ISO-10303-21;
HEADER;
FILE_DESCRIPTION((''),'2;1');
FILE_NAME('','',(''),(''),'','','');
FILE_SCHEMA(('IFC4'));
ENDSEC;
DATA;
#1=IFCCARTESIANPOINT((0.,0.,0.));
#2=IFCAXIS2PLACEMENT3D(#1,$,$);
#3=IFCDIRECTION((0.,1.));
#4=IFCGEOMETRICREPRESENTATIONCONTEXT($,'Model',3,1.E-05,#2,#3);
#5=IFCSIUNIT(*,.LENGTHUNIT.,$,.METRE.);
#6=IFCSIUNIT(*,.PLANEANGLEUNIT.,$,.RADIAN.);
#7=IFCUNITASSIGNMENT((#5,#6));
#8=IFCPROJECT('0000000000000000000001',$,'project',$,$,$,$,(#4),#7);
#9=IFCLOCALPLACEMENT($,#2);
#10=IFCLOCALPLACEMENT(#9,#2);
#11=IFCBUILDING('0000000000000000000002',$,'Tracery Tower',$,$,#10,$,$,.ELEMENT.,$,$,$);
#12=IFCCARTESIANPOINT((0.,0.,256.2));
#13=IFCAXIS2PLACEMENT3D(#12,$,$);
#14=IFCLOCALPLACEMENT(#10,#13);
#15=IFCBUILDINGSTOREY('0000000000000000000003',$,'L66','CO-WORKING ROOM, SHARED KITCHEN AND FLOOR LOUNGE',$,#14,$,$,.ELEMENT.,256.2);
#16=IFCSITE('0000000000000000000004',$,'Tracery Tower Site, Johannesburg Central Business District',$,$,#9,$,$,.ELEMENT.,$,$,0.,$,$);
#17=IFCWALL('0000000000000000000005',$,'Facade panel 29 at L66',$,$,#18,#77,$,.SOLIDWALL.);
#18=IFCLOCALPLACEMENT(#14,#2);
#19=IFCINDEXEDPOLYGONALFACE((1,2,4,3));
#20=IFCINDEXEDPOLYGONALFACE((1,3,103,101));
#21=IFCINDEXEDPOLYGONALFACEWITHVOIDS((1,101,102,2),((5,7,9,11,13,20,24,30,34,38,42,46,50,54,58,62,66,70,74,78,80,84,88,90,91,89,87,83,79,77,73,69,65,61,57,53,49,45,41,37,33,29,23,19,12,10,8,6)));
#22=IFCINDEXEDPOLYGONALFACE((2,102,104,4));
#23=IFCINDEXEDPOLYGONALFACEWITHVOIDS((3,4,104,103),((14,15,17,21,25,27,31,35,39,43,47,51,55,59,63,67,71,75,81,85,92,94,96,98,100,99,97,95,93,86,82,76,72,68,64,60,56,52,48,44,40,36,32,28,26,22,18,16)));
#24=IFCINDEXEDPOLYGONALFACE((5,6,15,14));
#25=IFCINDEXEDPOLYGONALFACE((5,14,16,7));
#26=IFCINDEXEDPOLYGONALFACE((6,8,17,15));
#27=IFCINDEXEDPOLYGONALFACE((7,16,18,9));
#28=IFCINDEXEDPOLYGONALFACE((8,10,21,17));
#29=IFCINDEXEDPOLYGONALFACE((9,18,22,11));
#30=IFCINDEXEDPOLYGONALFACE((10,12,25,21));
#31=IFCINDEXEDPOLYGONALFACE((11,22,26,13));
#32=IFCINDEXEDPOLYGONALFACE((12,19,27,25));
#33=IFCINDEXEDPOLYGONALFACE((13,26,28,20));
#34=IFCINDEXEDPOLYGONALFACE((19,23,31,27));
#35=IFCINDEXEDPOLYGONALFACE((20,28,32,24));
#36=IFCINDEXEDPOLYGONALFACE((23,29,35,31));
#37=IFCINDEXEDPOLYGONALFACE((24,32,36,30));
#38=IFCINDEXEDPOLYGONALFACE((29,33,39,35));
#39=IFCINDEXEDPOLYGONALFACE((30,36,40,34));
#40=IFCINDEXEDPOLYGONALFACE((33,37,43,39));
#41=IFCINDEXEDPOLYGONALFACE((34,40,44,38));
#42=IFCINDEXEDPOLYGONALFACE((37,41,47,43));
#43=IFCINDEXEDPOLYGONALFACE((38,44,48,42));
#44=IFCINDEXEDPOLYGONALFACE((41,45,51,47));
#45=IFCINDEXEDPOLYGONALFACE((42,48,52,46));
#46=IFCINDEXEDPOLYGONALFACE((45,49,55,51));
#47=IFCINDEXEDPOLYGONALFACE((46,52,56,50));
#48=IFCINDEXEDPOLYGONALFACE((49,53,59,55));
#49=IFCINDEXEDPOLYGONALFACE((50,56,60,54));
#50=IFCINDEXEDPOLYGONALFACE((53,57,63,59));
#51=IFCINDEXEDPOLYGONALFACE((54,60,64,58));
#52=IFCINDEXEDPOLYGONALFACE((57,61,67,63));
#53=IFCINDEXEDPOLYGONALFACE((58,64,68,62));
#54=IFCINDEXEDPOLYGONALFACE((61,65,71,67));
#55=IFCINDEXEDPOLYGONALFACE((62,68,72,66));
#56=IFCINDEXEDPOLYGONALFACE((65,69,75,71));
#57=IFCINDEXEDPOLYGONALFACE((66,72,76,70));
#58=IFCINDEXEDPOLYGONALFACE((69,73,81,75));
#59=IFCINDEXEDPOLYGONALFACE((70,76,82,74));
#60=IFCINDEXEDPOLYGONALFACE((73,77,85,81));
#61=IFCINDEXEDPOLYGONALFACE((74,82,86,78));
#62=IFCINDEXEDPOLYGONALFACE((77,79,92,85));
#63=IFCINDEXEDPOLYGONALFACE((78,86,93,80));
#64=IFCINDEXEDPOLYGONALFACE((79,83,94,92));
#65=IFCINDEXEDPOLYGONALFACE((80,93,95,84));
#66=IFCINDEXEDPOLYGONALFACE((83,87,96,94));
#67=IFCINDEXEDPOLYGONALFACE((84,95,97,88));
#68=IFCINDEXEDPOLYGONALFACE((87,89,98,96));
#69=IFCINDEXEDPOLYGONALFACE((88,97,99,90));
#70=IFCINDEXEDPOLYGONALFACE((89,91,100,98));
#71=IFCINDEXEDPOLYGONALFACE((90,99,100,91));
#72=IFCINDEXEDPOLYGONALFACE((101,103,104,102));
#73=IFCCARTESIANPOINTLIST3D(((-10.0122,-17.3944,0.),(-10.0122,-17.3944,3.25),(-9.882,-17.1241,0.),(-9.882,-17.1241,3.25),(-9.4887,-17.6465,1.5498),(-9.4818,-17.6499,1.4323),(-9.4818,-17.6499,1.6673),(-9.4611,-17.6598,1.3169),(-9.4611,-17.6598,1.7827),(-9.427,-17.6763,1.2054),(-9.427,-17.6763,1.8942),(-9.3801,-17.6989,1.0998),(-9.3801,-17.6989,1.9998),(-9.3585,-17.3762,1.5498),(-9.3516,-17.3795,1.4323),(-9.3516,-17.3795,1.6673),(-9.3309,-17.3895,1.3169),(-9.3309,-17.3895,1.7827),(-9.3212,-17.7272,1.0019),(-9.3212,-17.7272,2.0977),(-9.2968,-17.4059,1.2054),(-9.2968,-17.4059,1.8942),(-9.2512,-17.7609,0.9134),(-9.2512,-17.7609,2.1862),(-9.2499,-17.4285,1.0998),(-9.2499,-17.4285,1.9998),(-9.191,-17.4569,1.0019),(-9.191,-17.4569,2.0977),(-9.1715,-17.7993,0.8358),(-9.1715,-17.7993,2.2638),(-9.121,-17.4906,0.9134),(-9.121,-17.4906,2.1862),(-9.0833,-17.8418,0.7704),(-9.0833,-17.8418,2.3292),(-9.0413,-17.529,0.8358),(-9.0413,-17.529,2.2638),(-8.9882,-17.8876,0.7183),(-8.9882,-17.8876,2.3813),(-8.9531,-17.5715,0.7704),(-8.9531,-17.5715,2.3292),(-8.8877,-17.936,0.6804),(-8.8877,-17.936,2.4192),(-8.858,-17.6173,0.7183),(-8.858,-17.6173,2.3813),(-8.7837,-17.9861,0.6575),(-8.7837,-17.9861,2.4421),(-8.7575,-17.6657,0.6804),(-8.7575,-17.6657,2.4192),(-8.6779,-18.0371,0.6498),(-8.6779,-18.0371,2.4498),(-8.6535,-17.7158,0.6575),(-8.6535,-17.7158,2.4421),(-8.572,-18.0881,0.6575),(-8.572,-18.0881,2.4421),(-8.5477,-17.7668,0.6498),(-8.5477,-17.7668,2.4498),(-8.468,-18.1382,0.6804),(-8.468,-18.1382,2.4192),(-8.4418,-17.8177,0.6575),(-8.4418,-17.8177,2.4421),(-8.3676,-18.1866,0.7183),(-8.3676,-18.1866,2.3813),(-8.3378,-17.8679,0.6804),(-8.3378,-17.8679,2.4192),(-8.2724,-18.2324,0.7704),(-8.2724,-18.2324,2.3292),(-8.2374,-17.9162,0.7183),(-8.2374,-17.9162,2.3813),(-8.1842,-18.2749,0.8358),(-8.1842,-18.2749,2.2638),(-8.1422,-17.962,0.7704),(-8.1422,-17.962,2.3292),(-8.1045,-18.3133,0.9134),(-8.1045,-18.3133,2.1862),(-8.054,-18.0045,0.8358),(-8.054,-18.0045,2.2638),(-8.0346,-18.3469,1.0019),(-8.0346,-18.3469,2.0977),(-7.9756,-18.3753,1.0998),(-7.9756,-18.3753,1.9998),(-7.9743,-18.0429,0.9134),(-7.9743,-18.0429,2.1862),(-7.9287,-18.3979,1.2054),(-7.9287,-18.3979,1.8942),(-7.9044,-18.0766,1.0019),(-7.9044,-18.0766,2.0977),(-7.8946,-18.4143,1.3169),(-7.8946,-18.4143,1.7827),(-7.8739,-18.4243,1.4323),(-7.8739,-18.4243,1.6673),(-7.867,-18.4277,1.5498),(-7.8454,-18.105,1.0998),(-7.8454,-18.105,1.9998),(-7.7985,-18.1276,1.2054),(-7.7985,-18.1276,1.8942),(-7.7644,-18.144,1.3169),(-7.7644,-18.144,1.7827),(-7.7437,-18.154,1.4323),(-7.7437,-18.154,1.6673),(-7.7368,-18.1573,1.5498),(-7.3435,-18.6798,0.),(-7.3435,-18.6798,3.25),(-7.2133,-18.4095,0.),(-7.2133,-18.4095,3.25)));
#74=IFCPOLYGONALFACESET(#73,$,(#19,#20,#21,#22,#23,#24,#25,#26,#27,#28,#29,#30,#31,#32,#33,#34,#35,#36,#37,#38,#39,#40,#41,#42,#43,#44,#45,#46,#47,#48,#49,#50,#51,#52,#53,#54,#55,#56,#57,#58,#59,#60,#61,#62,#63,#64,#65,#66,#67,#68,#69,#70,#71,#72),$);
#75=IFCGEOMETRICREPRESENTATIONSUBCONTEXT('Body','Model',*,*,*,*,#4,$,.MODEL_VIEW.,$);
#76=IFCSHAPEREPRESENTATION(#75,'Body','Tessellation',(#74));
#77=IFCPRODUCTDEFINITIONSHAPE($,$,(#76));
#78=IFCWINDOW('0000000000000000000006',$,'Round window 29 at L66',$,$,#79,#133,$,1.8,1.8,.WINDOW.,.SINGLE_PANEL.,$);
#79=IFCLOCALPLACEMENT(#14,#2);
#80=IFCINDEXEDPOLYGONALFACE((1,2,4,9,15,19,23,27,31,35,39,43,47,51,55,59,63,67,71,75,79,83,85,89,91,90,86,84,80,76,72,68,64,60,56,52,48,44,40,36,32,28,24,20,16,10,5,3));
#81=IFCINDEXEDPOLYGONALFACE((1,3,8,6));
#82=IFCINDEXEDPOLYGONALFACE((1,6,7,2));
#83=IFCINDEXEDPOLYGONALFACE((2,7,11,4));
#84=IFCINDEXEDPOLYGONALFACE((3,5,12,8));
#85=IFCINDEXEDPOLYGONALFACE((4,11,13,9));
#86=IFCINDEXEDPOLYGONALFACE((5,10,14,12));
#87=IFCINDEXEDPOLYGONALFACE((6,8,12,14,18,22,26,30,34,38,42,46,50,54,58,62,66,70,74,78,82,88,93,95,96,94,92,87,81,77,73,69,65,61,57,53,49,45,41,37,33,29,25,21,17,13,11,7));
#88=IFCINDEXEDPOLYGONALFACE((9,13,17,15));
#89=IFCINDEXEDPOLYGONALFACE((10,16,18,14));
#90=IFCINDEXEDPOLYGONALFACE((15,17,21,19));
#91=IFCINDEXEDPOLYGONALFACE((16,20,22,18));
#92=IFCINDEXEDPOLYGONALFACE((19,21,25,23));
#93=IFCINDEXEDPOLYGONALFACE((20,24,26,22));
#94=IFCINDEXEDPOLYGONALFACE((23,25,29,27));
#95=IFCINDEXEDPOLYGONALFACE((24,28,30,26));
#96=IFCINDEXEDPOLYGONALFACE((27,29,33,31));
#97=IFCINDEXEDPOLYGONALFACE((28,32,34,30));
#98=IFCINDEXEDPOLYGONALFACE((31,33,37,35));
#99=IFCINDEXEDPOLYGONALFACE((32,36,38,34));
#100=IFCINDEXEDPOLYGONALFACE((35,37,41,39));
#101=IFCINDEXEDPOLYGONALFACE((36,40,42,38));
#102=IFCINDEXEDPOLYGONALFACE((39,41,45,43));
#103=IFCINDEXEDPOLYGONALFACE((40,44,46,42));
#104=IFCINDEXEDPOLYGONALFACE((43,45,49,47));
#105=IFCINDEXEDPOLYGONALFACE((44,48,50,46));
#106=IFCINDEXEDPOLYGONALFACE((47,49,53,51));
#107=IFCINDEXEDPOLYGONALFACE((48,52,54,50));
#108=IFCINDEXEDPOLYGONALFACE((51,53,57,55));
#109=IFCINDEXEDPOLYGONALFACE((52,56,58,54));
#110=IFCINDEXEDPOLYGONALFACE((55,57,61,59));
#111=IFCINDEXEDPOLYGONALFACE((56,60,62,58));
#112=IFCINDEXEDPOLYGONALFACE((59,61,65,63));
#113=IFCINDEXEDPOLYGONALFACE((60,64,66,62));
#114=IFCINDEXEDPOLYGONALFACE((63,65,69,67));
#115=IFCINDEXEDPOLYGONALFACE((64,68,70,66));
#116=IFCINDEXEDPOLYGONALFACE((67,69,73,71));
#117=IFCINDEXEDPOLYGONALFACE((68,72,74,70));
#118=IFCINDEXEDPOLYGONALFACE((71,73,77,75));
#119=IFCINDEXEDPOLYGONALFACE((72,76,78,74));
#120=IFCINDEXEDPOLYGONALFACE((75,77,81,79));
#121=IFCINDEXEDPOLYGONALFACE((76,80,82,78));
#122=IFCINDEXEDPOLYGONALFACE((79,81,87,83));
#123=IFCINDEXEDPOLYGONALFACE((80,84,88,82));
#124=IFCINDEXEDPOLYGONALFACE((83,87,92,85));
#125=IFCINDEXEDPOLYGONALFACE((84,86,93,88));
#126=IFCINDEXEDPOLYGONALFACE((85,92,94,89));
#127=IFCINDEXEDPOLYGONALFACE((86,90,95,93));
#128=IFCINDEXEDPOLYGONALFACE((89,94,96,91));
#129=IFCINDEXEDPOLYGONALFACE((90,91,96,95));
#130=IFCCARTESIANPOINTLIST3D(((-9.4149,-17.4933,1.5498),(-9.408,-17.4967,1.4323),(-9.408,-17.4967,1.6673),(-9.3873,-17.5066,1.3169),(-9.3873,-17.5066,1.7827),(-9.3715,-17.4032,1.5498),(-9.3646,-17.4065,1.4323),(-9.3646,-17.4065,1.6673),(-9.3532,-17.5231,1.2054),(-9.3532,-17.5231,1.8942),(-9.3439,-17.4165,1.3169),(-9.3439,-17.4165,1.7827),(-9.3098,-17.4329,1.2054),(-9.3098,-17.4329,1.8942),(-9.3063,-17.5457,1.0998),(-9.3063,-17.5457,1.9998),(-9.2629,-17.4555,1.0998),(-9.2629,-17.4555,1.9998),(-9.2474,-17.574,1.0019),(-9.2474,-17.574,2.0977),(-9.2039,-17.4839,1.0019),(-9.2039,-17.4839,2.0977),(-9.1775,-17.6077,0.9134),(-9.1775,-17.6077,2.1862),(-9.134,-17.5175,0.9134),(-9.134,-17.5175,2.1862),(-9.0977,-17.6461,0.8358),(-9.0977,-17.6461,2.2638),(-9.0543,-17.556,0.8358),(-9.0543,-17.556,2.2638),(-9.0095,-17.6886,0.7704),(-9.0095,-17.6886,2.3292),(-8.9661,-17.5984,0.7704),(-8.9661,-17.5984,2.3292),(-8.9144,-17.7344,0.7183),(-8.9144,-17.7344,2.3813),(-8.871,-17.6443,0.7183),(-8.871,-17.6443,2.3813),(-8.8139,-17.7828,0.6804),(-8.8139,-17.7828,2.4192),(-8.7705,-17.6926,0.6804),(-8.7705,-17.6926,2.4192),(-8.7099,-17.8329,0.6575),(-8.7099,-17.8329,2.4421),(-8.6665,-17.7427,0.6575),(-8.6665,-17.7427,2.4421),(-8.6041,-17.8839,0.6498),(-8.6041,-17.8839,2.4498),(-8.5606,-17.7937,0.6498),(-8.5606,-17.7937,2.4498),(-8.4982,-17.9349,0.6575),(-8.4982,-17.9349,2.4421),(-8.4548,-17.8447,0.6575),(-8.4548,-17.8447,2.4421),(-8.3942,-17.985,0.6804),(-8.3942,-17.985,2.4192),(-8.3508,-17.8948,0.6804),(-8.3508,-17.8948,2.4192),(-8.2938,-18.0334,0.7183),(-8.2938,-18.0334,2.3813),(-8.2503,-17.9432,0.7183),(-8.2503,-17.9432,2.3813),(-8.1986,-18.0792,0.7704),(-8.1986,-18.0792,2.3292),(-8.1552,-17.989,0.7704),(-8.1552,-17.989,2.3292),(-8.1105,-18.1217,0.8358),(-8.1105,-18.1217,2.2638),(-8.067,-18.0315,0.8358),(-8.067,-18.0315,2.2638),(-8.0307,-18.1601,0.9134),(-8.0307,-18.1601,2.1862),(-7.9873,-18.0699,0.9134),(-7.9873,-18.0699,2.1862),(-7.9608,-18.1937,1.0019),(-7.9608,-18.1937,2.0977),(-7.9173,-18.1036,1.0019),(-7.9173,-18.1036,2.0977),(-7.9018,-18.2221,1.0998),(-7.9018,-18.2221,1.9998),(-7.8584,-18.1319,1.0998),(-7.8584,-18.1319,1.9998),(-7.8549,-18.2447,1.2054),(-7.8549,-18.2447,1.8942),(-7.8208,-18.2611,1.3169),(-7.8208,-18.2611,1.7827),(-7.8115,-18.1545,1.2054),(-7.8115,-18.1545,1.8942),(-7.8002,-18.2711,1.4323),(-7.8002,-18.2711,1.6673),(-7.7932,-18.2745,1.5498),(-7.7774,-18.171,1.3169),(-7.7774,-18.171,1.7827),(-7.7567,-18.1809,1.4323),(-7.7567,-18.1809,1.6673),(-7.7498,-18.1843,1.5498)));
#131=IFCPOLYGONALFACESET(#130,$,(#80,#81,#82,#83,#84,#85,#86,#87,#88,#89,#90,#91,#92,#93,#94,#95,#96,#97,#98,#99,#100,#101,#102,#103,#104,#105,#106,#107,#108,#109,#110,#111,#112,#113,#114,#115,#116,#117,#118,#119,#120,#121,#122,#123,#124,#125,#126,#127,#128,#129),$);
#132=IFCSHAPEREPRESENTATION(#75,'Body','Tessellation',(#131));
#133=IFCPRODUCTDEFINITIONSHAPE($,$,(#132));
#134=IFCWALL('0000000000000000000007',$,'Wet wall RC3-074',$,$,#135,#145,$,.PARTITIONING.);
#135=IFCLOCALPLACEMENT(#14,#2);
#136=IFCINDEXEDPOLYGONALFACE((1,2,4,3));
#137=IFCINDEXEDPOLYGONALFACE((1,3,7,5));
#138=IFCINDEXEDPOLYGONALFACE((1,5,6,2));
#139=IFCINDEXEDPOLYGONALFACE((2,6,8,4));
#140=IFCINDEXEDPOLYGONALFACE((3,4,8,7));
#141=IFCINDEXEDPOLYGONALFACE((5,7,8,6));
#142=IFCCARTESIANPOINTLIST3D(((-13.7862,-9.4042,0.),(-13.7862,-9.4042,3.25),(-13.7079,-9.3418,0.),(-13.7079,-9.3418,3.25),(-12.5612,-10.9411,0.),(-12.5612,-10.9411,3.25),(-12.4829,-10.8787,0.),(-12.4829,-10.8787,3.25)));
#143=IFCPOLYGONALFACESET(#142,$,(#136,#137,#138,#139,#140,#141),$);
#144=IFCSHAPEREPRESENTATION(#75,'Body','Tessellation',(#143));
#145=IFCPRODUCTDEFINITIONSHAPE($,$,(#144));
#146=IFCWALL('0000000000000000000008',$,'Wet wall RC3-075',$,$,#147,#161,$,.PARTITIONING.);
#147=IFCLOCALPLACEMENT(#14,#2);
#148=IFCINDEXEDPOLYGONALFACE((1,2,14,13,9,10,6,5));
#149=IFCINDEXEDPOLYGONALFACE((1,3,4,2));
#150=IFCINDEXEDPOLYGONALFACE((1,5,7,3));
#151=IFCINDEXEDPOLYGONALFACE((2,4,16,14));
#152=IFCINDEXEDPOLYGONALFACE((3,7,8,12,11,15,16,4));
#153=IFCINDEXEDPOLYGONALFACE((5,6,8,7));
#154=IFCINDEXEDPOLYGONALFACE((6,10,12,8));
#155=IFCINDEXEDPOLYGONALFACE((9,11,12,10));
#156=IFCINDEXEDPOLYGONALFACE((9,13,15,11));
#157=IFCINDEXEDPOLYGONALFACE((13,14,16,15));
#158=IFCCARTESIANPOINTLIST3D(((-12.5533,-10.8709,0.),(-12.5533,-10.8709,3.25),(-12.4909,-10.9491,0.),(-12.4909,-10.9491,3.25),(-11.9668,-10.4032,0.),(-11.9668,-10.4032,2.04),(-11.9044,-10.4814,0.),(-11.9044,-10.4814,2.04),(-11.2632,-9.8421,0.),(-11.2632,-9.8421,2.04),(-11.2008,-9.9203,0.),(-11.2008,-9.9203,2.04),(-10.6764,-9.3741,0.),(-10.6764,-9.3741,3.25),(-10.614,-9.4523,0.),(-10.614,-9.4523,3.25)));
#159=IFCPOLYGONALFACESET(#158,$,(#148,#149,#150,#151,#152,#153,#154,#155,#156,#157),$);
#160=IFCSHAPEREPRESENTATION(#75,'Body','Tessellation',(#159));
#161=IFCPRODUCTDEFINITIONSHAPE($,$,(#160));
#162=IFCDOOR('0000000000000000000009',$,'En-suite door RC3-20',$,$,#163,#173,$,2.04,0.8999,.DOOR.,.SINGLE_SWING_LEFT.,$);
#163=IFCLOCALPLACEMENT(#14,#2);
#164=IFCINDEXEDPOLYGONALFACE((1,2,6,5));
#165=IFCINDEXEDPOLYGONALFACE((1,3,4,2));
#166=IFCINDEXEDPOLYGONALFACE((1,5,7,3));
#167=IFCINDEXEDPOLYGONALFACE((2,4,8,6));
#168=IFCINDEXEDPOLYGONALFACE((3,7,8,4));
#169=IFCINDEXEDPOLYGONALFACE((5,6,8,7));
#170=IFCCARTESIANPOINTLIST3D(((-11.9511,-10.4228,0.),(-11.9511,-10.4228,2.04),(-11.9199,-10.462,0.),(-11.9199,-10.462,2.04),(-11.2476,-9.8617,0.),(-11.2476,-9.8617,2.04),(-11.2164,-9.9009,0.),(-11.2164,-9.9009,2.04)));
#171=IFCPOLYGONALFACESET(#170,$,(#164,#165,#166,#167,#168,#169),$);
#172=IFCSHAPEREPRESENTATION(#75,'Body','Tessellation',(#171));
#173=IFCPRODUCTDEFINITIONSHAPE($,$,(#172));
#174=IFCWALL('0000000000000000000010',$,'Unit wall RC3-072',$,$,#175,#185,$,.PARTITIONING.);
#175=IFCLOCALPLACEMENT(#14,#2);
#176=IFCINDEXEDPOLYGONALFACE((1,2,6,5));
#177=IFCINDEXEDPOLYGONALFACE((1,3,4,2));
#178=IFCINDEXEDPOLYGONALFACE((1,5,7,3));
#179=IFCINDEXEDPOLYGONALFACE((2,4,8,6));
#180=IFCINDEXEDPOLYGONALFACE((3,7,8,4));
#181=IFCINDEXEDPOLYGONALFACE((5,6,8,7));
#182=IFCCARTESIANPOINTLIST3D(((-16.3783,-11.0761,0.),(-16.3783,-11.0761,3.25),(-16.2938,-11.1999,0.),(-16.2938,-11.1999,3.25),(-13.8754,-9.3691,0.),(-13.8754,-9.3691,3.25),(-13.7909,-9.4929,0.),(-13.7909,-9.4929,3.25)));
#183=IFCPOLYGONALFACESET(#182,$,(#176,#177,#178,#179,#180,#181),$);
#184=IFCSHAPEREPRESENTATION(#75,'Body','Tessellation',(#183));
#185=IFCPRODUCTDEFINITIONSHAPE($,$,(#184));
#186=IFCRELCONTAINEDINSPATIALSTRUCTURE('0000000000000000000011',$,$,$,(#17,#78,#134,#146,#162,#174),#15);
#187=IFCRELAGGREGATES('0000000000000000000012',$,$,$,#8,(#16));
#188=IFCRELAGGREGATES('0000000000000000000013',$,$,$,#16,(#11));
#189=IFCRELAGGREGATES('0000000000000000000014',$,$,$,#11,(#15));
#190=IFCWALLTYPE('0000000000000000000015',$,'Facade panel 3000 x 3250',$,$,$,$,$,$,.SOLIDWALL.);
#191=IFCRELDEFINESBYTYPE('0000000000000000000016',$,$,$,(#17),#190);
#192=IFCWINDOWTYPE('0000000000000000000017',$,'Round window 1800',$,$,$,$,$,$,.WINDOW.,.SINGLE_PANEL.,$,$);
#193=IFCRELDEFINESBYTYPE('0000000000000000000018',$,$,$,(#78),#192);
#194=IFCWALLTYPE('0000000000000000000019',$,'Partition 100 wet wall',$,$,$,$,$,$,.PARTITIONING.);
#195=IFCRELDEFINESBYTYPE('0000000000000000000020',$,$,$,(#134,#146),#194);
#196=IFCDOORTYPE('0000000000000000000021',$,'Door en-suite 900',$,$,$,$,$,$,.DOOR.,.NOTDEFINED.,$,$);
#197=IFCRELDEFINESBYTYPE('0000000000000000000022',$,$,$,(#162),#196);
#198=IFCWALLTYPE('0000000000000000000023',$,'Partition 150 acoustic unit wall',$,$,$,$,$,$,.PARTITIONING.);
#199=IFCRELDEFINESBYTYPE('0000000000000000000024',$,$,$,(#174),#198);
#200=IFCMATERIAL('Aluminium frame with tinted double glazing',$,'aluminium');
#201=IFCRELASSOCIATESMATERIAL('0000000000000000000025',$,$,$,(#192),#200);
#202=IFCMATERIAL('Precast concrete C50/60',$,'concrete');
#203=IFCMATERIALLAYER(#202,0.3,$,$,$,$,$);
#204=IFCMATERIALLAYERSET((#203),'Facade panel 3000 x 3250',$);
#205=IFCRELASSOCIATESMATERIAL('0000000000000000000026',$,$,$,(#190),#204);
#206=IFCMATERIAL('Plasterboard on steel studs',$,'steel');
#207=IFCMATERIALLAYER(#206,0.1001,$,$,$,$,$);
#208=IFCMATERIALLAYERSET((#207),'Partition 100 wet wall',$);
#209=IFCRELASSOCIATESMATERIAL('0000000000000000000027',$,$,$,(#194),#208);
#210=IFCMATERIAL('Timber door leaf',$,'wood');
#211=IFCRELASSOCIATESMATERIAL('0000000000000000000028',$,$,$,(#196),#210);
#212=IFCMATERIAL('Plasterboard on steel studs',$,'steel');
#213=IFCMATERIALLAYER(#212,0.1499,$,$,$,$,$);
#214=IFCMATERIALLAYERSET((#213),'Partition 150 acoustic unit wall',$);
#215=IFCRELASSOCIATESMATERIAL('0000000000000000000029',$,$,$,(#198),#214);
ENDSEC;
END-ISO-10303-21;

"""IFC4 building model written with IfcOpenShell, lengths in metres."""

from ifc_helpers import new_model, si_unit, direction, frame, frame_2d, origin, origin_2d, place, context, subcontext, project, spatial, rectangle, circle, extrude, material, layer, layer_set, type_object, element, fill, save


model = new_model("IFC4")

# Units and contexts
model_context = context("Model", 3, precision=1e-05, world=origin(), true_north=direction((0.0, 1.0)))
body_context = subcontext(model_context, "Body", "Model", "MODEL_VIEW")
ifc_project = project(units=[si_unit("LENGTHUNIT", "METRE"), si_unit("PLANEANGLEUNIT", "RADIAN")], contexts=[model_context])

# Site, building, storey
site_placement = place(None, origin())
site = spatial("IfcSite", under=ifc_project, at=site_placement, Name="Tracery Tower Site, Johannesburg Central Business District", CompositionType="ELEMENT", RefElevation=0.0)
building_placement = place(site_placement, origin())
building = spatial("IfcBuilding", under=site, at=building_placement, Name="Tracery Tower", CompositionType="ELEMENT")
storey_placement = place(building_placement, frame((0.0, 0.0, 256.2)))
storey = spatial("IfcBuildingStorey", under=building, at=storey_placement, Name="L66", Description="CO-WORKING ROOM, SHARED KITCHEN AND FLOOR LOUNGE", CompositionType="ELEMENT", Elevation=256.2)

# Wall, opening, window
ifc_material_1 = material(Name="Aluminium frame with tinted double glazing", Category="aluminium")
window_type = type_object("IfcWindowType", Name="Round window 1800", PartitioningType="SINGLE_PANEL", PredefinedType="WINDOW", material=ifc_material_1)
ifc_material_2 = material(Name="Precast concrete C50/60", Category="concrete")
ifc_layer_1 = layer(ifc_material_2, 0.3)
ifc_layer_set_1 = layer_set([ifc_layer_1], Name="Facade panel 3000 x 3250")
wall_type_1 = type_object("IfcWallType", Name="Facade panel 3000 x 3250", PredefinedType="SOLIDWALL", material=ifc_layer_set_1)
wall_1_placement = place(storey_placement, frame((-9.947, -17.2593, 0.0), z_axis=(0.0, 0.0, 1.0), x_axis=(0.90094, -0.433944, 0.0)))
wall_1 = element("IfcWall", 1, at=wall_1_placement, inside=storey, type_object=wall_type_1, Name="Facade panel 29 at L66", PredefinedType="SOLIDWALL", context=body_context, shape_type="SweptSolid", body=[
    extrude(rectangle(XDim=2.9622, YDim=0.3, at=frame_2d((1.481, 0.0))), origin(), (0.0, 0.0, 1.0), 3.25),
])
opening_1_placement = place(wall_1_placement, frame((1.481, 0.0, 1.5498)))
opening_1 = element("IfcOpeningElement", 2, at=opening_1_placement, cuts=wall_1, PredefinedType="OPENING", context=body_context, shape_type="SweptSolid", body=[
    extrude(circle(Radius=0.9, at=origin_2d()), frame((0.0, 0.1599, 0.0), z_axis=(0.0, -1.0, 0.0), x_axis=(1.0, 0.0, 0.0)), (0.0, 0.0, 1.0), 0.3201),
])
window_1_placement = place(opening_1_placement, origin())
window_1 = element("IfcWindow", 3, at=window_1_placement, inside=storey, type_object=window_type, Name="Round window 29 at L66", OverallHeight=1.8, OverallWidth=1.8, PartitioningType="SINGLE_PANEL", PredefinedType="WINDOW", context=body_context, shape_type="SweptSolid", body=[
    extrude(circle(Radius=0.9, at=origin_2d()), frame((0.0, 0.1201, 0.0), z_axis=(0.0, -1.0, 0.0), x_axis=(1.0, 0.0, 0.0)), (0.0, 0.0, 1.0), 0.1001),
])
fill(opening_1, window_1)

# Wall
ifc_material_3 = material(Name="Plasterboard on steel studs", Category="steel")
ifc_layer_2 = layer(ifc_material_3, 0.1001)
ifc_layer_set_2 = layer_set([ifc_layer_2], Name="Partition 100 wet wall")
wall_type_2 = type_object("IfcWallType", Name="Partition 100 wet wall", PredefinedType="PARTITIONING", material=ifc_layer_set_2)
wall_2_placement = place(storey_placement, frame((-13.7471, -9.373, 0.0), z_axis=(0.0, 0.0, 1.0), x_axis=(0.623331, -0.781958, 0.0)))
element("IfcWall", 4, at=wall_2_placement, inside=storey, type_object=wall_type_2, Name="Wet wall RC3-074", PredefinedType="PARTITIONING", context=body_context, shape_type="SweptSolid", body=[
    extrude(rectangle(XDim=1.9653, YDim=0.1001, at=frame_2d((0.9827, 0.0))), origin(), (0.0, 0.0, 1.0), 3.25),
])

# Wall, opening, door
wall_3_placement = place(storey_placement, frame((-12.522, -10.9099, 0.0), z_axis=(0.0, 0.0, 1.0), x_axis=(0.78183, 0.623491, 0.0)))
wall_3 = element("IfcWall", 5, at=wall_3_placement, inside=storey, type_object=wall_type_2, Name="Wet wall RC3-075", PredefinedType="PARTITIONING", context=body_context, shape_type="SweptSolid", body=[
    extrude(rectangle(XDim=2.4006, YDim=0.1001, at=frame_2d((1.2002, 0.0))), origin(), (0.0, 0.0, 1.0), 3.25),
])
opening_2_placement = place(wall_3_placement, frame((0.75, 0.0, 0.0)))
opening_2 = element("IfcOpeningElement", 6, at=opening_2_placement, cuts=wall_3, PredefinedType="OPENING", context=body_context, shape_type="SweptSolid", body=[
    extrude(rectangle(XDim=0.8999, YDim=2.04, at=frame_2d((0.45, 1.02))), frame((0.0, 0.05, 0.0), z_axis=(0.0, -1.0, 0.0), x_axis=(1.0, 0.0, 0.0)), (0.0, 0.0, 1.0), 0.1001),
])
ifc_material_4 = material(Name="Timber door leaf", Category="wood")
door_type = type_object("IfcDoorType", Name="Door en-suite 900", OperationType="NOTDEFINED", PredefinedType="DOOR", material=ifc_material_4)
door_placement = place(opening_2_placement, origin())
door = element("IfcDoor", 7, at=door_placement, inside=storey, type_object=door_type, Name="En-suite door RC3-20", OperationType="SINGLE_SWING_LEFT", OverallHeight=2.04, OverallWidth=0.8999, PredefinedType="DOOR", context=body_context, shape_type="SweptSolid", body=[
    extrude(rectangle(XDim=0.8999, YDim=2.04, at=frame_2d((0.45, 1.02))), frame((0.0, 0.0249, 0.0), z_axis=(0.0, -1.0, 0.0), x_axis=(1.0, 0.0, 0.0)), (0.0, 0.0, 1.0), 0.05),
])
fill(opening_2, door)

# Wall
ifc_material_5 = material(Name="Plasterboard on steel studs", Category="steel")
ifc_layer_3 = layer(ifc_material_5, 0.1499)
ifc_layer_set_3 = layer_set([ifc_layer_3], Name="Partition 150 acoustic unit wall")
wall_type_3 = type_object("IfcWallType", Name="Partition 150 acoustic unit wall", PredefinedType="PARTITIONING", material=ifc_layer_set_3)
wall_4_placement = place(storey_placement, frame((-16.3359, -11.1379, 0.0), z_axis=(0.0, 0.0, 1.0), x_axis=(0.826152, 0.563447, 0.0)))
element("IfcWall", 8, at=wall_4_placement, inside=storey, type_object=wall_type_3, Name="Unit wall RC3-072", PredefinedType="PARTITIONING", context=body_context, shape_type="SweptSolid", body=[
    extrude(rectangle(XDim=3.0295, YDim=0.1499, at=frame_2d((1.5146, 0.0))), origin(), (0.0, 0.0, 1.0), 3.25),
])

save(model, "model.ifc")
